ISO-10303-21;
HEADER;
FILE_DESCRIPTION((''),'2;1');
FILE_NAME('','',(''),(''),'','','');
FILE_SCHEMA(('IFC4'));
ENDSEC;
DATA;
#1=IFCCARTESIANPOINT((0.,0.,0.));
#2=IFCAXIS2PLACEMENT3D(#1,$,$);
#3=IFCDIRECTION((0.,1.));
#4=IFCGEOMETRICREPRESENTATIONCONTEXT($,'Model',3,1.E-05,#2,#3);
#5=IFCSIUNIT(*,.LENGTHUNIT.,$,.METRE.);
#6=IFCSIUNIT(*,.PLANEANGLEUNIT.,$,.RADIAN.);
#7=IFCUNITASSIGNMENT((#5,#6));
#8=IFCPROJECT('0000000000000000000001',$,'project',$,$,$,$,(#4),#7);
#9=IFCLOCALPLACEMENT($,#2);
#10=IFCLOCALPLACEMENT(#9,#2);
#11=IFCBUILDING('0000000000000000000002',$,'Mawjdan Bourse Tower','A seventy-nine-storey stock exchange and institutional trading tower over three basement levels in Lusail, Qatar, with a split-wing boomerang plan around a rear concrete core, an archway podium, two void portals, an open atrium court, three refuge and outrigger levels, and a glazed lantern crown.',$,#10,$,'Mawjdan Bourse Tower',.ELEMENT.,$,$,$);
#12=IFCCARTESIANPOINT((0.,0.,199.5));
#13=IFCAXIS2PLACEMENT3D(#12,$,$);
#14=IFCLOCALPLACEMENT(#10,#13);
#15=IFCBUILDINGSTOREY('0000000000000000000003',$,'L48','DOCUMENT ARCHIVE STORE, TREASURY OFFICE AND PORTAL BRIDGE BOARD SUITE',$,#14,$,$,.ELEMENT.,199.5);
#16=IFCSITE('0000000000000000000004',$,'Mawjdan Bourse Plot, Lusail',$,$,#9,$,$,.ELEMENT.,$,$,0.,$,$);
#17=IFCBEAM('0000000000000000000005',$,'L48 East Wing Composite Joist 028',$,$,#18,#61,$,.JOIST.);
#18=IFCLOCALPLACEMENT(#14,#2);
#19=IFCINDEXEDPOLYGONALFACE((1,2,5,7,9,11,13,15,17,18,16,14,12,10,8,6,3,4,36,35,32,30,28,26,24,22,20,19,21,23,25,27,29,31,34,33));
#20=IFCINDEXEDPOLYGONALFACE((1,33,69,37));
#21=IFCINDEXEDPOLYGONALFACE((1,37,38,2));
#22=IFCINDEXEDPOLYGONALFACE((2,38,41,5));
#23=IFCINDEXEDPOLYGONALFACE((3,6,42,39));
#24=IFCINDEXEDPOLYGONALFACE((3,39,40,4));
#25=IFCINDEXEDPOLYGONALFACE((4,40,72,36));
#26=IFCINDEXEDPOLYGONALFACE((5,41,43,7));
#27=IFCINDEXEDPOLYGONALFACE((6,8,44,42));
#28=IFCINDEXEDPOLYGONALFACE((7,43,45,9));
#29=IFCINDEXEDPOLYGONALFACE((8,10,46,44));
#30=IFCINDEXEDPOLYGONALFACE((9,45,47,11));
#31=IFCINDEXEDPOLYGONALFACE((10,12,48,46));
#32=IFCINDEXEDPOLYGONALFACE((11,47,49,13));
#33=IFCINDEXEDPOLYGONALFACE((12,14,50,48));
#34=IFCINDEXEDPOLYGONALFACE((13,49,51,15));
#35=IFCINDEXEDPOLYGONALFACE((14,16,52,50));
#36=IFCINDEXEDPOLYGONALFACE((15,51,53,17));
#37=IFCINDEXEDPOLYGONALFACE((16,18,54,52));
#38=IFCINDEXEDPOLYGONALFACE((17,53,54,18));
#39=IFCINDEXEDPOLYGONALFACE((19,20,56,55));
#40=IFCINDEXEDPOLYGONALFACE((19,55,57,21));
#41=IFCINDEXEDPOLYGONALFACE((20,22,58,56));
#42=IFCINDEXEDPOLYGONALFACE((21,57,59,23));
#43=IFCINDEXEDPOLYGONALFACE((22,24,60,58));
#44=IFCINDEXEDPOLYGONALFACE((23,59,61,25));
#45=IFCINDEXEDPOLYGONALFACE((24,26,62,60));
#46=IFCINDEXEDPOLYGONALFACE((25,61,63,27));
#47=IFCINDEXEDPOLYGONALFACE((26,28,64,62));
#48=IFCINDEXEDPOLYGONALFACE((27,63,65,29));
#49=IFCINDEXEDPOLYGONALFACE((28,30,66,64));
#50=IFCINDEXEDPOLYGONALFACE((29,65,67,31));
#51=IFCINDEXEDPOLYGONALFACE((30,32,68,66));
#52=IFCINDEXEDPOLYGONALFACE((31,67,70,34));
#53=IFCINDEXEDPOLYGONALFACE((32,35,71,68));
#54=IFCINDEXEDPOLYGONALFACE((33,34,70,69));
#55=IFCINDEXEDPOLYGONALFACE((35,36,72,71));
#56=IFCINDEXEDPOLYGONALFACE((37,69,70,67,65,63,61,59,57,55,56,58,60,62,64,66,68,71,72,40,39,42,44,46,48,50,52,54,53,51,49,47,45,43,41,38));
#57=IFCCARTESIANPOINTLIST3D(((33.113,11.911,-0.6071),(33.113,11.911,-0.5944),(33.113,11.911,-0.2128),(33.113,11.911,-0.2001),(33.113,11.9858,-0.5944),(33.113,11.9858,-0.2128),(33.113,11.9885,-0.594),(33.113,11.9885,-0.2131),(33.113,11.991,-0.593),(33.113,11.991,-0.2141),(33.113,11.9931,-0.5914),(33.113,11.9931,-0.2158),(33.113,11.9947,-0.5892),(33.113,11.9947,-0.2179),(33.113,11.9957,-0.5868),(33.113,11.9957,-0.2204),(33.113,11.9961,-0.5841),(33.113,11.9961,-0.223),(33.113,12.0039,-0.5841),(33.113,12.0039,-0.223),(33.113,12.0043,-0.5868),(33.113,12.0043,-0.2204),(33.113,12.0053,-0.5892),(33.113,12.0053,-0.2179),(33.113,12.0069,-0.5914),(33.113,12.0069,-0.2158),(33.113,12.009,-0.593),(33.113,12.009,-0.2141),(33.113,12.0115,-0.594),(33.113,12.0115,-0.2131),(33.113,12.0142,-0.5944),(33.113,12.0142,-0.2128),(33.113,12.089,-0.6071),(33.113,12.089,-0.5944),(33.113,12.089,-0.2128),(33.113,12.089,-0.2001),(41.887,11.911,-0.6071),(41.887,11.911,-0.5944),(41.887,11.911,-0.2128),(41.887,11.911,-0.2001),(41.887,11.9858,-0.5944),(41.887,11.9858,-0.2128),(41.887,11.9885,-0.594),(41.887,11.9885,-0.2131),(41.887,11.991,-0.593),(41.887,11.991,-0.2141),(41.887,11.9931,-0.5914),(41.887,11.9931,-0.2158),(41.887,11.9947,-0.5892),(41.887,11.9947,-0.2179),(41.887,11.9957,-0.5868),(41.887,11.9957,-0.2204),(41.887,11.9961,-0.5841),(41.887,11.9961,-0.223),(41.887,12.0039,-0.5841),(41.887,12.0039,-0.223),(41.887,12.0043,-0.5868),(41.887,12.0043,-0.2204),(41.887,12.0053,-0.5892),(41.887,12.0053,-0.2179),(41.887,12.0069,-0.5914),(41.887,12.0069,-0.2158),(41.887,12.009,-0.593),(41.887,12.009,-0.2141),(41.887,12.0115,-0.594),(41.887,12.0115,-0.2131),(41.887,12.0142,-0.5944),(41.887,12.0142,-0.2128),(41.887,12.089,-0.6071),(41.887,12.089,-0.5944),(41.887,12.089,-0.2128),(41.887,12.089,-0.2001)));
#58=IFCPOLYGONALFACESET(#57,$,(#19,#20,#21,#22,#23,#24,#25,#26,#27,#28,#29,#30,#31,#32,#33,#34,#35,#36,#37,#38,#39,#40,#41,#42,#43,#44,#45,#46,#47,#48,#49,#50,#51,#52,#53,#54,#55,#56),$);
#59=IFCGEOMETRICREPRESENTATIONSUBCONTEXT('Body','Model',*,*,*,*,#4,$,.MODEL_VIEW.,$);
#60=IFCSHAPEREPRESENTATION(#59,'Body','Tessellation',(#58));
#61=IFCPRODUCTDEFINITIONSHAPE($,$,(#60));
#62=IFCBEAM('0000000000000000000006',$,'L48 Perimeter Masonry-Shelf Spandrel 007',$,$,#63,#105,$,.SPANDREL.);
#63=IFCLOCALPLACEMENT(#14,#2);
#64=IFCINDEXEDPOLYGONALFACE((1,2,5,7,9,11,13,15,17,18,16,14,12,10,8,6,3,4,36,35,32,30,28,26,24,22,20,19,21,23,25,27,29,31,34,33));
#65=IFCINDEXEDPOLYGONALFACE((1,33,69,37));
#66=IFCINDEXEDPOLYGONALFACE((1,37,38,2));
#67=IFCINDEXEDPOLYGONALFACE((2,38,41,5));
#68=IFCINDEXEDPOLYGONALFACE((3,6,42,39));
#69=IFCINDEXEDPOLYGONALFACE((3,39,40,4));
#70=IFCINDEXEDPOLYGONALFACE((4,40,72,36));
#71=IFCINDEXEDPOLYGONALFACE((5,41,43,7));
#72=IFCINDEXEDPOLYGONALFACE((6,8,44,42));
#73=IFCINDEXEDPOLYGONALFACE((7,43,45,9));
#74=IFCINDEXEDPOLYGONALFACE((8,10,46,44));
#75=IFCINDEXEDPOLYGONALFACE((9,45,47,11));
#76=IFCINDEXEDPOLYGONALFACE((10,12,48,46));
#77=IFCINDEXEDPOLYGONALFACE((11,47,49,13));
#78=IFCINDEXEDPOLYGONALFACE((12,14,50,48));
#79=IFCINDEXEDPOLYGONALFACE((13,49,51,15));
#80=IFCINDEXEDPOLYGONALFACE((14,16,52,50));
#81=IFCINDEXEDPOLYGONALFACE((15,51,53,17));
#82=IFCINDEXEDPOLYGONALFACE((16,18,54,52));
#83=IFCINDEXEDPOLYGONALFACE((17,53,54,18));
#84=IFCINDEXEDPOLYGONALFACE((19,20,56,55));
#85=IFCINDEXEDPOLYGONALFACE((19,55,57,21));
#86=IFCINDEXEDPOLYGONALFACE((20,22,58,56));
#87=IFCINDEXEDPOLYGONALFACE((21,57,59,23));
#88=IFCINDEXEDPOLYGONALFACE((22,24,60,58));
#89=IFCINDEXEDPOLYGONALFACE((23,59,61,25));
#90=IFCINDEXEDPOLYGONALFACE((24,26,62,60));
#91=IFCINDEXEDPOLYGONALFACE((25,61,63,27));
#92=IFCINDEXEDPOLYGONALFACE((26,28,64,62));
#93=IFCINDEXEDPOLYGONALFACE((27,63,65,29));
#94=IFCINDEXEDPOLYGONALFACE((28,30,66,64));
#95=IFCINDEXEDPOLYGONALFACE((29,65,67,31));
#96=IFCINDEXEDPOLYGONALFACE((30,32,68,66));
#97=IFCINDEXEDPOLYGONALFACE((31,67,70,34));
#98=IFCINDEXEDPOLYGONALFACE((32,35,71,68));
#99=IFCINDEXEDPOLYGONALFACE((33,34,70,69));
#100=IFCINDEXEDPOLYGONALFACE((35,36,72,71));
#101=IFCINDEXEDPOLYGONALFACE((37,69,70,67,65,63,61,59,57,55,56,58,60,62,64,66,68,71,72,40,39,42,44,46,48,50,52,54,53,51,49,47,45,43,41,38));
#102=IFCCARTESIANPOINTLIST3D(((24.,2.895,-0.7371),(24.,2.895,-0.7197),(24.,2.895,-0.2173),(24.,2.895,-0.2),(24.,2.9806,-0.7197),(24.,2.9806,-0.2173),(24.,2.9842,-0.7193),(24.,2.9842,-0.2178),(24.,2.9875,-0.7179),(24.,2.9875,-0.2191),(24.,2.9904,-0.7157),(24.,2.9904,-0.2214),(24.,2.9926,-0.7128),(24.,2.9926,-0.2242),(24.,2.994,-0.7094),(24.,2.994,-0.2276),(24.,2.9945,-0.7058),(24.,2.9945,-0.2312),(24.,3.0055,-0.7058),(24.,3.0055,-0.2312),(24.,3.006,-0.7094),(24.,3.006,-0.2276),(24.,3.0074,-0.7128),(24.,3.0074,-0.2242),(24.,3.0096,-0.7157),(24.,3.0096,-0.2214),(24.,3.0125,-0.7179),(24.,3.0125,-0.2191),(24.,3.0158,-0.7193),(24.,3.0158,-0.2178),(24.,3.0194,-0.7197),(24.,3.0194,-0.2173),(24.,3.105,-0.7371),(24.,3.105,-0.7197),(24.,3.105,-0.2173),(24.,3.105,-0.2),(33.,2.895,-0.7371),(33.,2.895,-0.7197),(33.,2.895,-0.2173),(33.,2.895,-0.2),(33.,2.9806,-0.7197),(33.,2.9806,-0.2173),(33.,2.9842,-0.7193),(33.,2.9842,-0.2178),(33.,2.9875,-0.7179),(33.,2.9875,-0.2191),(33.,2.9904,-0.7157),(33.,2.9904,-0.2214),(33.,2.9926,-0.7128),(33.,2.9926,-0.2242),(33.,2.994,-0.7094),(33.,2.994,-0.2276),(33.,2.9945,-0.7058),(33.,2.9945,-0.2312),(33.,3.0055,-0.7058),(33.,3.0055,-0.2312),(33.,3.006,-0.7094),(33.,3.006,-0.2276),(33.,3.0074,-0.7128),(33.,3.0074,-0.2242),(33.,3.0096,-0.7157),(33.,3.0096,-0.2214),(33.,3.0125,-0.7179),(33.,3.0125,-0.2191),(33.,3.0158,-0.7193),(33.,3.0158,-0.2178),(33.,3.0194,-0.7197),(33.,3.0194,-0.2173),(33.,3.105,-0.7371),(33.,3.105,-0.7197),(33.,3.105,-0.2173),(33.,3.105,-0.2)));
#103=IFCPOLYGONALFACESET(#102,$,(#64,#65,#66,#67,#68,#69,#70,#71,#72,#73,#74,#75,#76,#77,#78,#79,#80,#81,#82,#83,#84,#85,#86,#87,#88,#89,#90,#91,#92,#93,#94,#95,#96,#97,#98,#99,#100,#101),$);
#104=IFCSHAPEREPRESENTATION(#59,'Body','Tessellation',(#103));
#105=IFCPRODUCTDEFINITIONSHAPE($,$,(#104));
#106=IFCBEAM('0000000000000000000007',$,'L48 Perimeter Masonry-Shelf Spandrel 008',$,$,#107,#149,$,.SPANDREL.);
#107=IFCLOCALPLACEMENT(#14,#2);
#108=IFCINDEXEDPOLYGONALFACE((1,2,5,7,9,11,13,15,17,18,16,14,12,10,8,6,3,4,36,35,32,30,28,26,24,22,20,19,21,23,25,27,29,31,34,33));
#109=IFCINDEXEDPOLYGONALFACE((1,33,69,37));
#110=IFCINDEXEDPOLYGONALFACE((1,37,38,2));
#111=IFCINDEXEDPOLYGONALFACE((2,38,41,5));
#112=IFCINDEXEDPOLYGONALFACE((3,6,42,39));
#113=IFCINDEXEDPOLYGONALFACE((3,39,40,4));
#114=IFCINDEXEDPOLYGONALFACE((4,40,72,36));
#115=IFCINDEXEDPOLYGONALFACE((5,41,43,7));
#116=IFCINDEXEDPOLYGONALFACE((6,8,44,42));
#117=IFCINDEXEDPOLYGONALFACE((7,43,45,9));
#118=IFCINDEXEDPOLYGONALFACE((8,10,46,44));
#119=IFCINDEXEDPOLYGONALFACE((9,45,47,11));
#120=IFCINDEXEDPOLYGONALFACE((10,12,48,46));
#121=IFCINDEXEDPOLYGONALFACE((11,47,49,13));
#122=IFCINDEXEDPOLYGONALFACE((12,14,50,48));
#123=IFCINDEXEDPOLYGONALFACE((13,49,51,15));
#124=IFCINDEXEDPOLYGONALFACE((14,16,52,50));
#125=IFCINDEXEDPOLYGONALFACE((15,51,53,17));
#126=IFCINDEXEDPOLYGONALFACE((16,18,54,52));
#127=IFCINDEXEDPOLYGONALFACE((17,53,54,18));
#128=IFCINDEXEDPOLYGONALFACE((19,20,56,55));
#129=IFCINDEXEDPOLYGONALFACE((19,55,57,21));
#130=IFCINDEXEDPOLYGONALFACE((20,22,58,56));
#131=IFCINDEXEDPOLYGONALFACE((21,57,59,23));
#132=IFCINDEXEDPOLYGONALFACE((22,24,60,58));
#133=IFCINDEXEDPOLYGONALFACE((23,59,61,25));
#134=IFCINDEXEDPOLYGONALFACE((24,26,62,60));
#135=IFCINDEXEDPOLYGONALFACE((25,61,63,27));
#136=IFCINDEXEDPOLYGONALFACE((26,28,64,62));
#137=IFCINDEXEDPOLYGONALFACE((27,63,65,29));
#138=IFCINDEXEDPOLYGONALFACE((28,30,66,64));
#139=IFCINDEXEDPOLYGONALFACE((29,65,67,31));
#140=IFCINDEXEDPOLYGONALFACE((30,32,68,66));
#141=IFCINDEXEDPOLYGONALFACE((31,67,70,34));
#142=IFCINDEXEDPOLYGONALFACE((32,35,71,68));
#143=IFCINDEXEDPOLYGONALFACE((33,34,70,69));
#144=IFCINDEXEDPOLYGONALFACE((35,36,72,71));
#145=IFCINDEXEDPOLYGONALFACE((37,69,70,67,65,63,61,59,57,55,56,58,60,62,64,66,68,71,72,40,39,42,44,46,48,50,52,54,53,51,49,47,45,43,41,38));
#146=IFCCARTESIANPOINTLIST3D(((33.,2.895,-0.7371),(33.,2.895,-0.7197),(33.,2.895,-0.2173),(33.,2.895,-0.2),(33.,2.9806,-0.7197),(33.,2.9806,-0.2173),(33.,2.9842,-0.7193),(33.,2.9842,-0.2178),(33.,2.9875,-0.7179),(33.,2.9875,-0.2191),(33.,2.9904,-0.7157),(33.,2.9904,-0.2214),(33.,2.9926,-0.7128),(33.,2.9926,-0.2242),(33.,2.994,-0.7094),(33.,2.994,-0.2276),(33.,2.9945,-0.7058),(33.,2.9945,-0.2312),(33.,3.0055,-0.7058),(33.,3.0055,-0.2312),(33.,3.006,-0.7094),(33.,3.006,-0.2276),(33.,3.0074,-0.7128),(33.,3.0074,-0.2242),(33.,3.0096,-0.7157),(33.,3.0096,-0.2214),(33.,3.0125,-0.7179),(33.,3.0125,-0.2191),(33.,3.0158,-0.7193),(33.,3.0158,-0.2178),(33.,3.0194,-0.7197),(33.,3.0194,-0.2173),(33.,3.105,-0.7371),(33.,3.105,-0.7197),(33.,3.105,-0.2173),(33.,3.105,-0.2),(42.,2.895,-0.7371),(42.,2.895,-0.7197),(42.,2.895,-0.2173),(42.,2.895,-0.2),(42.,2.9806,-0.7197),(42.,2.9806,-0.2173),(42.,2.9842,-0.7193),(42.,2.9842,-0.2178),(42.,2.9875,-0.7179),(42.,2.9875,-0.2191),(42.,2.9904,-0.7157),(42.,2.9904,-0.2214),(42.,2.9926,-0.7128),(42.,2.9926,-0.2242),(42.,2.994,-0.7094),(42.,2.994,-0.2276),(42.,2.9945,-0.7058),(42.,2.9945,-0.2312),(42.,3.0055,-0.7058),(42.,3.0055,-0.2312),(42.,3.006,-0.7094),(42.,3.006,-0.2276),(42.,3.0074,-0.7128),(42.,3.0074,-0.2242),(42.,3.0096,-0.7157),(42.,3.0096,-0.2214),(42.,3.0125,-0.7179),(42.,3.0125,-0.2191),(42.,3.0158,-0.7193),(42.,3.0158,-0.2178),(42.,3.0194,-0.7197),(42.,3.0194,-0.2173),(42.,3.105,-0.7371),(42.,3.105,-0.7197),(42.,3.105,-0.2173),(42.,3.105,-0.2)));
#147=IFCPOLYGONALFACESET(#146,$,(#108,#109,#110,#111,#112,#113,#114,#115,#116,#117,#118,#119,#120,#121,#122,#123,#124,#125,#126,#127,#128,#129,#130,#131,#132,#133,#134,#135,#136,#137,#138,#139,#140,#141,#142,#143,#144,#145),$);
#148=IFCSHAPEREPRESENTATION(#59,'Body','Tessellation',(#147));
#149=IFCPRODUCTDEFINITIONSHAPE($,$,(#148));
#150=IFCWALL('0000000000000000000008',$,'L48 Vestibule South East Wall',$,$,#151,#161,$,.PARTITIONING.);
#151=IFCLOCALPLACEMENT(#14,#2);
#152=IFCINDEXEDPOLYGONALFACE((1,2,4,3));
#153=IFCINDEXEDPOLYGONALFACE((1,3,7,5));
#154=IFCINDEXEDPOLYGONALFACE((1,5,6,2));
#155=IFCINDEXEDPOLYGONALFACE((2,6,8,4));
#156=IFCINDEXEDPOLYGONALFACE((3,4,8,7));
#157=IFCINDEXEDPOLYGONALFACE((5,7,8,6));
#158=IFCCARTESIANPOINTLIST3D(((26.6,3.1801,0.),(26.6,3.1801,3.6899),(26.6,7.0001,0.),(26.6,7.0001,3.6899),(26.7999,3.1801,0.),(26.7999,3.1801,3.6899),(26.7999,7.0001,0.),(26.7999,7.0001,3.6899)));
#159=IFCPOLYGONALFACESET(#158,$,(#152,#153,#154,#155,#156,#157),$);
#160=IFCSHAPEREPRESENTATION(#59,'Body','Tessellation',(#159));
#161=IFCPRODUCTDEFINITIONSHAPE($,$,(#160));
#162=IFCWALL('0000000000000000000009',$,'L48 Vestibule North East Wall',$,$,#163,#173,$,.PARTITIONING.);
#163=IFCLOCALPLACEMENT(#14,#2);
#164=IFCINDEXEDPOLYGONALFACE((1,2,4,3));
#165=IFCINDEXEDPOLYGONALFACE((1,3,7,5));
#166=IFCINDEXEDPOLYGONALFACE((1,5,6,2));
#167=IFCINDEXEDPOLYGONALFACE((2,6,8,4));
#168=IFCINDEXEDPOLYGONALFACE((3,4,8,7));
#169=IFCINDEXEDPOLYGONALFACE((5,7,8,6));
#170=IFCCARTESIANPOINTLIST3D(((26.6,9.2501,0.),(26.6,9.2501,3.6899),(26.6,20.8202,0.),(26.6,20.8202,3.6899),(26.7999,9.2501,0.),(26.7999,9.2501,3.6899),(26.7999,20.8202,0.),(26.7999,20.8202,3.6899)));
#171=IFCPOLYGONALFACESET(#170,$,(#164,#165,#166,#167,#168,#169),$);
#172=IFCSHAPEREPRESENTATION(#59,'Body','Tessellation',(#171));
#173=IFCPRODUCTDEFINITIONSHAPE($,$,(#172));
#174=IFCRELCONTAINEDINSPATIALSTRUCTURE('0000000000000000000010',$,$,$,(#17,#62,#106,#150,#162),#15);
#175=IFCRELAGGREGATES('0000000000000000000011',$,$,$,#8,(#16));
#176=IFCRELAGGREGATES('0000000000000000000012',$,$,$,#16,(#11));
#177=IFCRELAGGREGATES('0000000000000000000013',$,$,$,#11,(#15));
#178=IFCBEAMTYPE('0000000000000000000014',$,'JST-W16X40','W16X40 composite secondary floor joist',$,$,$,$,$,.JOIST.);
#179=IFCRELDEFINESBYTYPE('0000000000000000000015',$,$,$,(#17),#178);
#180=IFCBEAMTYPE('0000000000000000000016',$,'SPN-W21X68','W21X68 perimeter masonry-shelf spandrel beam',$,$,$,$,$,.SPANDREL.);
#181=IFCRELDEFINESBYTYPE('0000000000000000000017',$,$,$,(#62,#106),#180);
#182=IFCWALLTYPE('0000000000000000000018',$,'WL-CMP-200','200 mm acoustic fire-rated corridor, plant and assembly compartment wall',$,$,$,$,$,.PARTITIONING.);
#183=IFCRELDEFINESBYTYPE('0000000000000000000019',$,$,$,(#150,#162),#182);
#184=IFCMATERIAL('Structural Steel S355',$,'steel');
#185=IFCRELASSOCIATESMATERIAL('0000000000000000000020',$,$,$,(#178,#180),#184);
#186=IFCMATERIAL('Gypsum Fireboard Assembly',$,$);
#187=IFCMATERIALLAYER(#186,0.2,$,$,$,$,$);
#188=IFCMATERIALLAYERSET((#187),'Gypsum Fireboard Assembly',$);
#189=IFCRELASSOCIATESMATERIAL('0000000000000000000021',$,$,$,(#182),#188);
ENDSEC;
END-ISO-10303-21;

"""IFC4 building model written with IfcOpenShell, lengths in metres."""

from ifc_helpers import new_model, si_unit, direction, frame, frame_2d, origin, origin_2d, place, context, subcontext, project, spatial, rectangle, i_section, extrude, material, layer, layer_set, material_profile, profile_set, type_object, element, save


model = new_model("IFC4")

# Units and contexts
model_context = context("Model", 3, precision=1e-05, world=origin(), true_north=direction((0.0, 1.0)))
body_context = subcontext(model_context, "Body", "Model", "MODEL_VIEW")
ifc_project = project(units=[si_unit("LENGTHUNIT", "METRE"), si_unit("PLANEANGLEUNIT", "RADIAN")], contexts=[model_context])

# Site, building, storey
site_placement = place(None, origin())
site = spatial("IfcSite", under=ifc_project, at=site_placement, Name="Mawjdan Bourse Plot, Lusail", CompositionType="ELEMENT", RefElevation=0.0)
building_placement = place(site_placement, origin())
building = spatial("IfcBuilding", under=site, at=building_placement, Name="Mawjdan Bourse Tower", Description="A seventy-nine-storey stock exchange and institutional trading tower over three basement levels in Lusail, Qatar, with a split-wing boomerang plan around a rear concrete core, an archway podium, two void portals, an open atrium court, three refuge and outrigger levels, and a glazed lantern crown.", LongName="Mawjdan Bourse Tower", CompositionType="ELEMENT")
storey_placement = place(building_placement, frame((0.0, 0.0, 199.5)))
storey = spatial("IfcBuildingStorey", under=building, at=storey_placement, Name="L48", Description="DOCUMENT ARCHIVE STORE, TREASURY OFFICE AND PORTAL BRIDGE BOARD SUITE", CompositionType="ELEMENT", Elevation=199.5)

# Beams
ifc_material_1 = material(Name="Structural Steel S355", Category="steel")
ifc_material_profile_1 = material_profile(ifc_material_1, i_section(OverallWidth=0.178, OverallDepth=0.407, WebThickness=0.0078, FlangeThickness=0.0127, FilletRadius=0.0103, at=origin_2d()), Name="W16X40")
ifc_profile_set_1 = profile_set([ifc_material_profile_1], Name="Structural Steel S355")
beam_type_1 = type_object("IfcBeamType", Name="JST-W16X40", Description="W16X40 composite secondary floor joist", PredefinedType="JOIST", material=ifc_profile_set_1)
for number, where, z_axis, x_axis, name in (
    (1, (33.113, 12.0, -0.4036), (1.0, 0.0, 0.0), (0.0, 1.0, 0.0), "L48 East Wing Composite Joist 028"),
):
    element("IfcBeam", number, at=place(storey_placement, frame(where, z_axis=z_axis, x_axis=x_axis)), inside=storey, type_object=beam_type_1, Name=name, PredefinedType="JOIST", context=body_context, shape_type="SweptSolid", body=[
        extrude(i_section(OverallWidth=0.178, OverallDepth=0.407, WebThickness=0.0078, FlangeThickness=0.0127, FilletRadius=0.0103, at=origin_2d()), origin(), (0.0, 0.0, 1.0), 8.7739),
    ])
ifc_material_profile_2 = material_profile(ifc_material_1, i_section(OverallWidth=0.21, OverallDepth=0.5371, WebThickness=0.011, FlangeThickness=0.0173, FilletRadius=0.0139, at=origin_2d()), Name="W21X68")
ifc_profile_set_2 = profile_set([ifc_material_profile_2], Name="Structural Steel S355")
beam_type_2 = type_object("IfcBeamType", Name="SPN-W21X68", Description="W21X68 perimeter masonry-shelf spandrel beam", PredefinedType="SPANDREL", material=ifc_profile_set_2)
for number, where, z_axis, x_axis, name in (
    (2, (24.0, 3.0, -0.4685), (1.0, 0.0, 0.0), (0.0, 1.0, 0.0), "L48 Perimeter Masonry-Shelf Spandrel 007"),
    (3, (33.0, 3.0, -0.4685), (1.0, 0.0, 0.0), (0.0, 1.0, 0.0), "L48 Perimeter Masonry-Shelf Spandrel 008"),
):
    element("IfcBeam", number, at=place(storey_placement, frame(where, z_axis=z_axis, x_axis=x_axis)), inside=storey, type_object=beam_type_2, Name=name, PredefinedType="SPANDREL", context=body_context, shape_type="SweptSolid", body=[
        extrude(i_section(OverallWidth=0.21, OverallDepth=0.5371, WebThickness=0.011, FlangeThickness=0.0173, FilletRadius=0.0139, at=origin_2d()), origin(), (0.0, 0.0, 1.0), 9.0),
    ])

# Walls
ifc_material_2 = material(Name="Gypsum Fireboard Assembly")
ifc_layer_1 = layer(ifc_material_2, 0.2)
ifc_layer_set_1 = layer_set([ifc_layer_1], Name="Gypsum Fireboard Assembly")
wall_type_1 = type_object("IfcWallType", Name="WL-CMP-200", Description="200 mm acoustic fire-rated corridor, plant and assembly compartment wall", PredefinedType="PARTITIONING", material=ifc_layer_set_1)
wall_1_placement = place(storey_placement, frame((26.7, 3.1799, 0.0), z_axis=(0.0, 0.0, 1.0), x_axis=(0.0, 1.0, 0.0)))
element("IfcWall", 4, at=wall_1_placement, inside=storey, type_object=wall_type_1, Name="L48 Vestibule South East Wall", PredefinedType="PARTITIONING", context=body_context, shape_type="SweptSolid", body=[
    extrude(rectangle(XDim=3.8201, YDim=0.2, at=frame_2d((1.9102, 0.0))), origin(), (0.0, 0.0, 1.0), 3.6899),
])
wall_2_placement = place(storey_placement, frame((26.7, 9.25, 0.0), z_axis=(0.0, 0.0, 1.0), x_axis=(0.0, 1.0, 0.0)))
element("IfcWall", 5, at=wall_2_placement, inside=storey, type_object=wall_type_1, Name="L48 Vestibule North East Wall", PredefinedType="PARTITIONING", context=body_context, shape_type="SweptSolid", body=[
    extrude(rectangle(XDim=11.5701, YDim=0.2, at=frame_2d((5.7852, 0.0))), origin(), (0.0, 0.0, 1.0), 3.6899),
])

save(model, "model.ifc")
